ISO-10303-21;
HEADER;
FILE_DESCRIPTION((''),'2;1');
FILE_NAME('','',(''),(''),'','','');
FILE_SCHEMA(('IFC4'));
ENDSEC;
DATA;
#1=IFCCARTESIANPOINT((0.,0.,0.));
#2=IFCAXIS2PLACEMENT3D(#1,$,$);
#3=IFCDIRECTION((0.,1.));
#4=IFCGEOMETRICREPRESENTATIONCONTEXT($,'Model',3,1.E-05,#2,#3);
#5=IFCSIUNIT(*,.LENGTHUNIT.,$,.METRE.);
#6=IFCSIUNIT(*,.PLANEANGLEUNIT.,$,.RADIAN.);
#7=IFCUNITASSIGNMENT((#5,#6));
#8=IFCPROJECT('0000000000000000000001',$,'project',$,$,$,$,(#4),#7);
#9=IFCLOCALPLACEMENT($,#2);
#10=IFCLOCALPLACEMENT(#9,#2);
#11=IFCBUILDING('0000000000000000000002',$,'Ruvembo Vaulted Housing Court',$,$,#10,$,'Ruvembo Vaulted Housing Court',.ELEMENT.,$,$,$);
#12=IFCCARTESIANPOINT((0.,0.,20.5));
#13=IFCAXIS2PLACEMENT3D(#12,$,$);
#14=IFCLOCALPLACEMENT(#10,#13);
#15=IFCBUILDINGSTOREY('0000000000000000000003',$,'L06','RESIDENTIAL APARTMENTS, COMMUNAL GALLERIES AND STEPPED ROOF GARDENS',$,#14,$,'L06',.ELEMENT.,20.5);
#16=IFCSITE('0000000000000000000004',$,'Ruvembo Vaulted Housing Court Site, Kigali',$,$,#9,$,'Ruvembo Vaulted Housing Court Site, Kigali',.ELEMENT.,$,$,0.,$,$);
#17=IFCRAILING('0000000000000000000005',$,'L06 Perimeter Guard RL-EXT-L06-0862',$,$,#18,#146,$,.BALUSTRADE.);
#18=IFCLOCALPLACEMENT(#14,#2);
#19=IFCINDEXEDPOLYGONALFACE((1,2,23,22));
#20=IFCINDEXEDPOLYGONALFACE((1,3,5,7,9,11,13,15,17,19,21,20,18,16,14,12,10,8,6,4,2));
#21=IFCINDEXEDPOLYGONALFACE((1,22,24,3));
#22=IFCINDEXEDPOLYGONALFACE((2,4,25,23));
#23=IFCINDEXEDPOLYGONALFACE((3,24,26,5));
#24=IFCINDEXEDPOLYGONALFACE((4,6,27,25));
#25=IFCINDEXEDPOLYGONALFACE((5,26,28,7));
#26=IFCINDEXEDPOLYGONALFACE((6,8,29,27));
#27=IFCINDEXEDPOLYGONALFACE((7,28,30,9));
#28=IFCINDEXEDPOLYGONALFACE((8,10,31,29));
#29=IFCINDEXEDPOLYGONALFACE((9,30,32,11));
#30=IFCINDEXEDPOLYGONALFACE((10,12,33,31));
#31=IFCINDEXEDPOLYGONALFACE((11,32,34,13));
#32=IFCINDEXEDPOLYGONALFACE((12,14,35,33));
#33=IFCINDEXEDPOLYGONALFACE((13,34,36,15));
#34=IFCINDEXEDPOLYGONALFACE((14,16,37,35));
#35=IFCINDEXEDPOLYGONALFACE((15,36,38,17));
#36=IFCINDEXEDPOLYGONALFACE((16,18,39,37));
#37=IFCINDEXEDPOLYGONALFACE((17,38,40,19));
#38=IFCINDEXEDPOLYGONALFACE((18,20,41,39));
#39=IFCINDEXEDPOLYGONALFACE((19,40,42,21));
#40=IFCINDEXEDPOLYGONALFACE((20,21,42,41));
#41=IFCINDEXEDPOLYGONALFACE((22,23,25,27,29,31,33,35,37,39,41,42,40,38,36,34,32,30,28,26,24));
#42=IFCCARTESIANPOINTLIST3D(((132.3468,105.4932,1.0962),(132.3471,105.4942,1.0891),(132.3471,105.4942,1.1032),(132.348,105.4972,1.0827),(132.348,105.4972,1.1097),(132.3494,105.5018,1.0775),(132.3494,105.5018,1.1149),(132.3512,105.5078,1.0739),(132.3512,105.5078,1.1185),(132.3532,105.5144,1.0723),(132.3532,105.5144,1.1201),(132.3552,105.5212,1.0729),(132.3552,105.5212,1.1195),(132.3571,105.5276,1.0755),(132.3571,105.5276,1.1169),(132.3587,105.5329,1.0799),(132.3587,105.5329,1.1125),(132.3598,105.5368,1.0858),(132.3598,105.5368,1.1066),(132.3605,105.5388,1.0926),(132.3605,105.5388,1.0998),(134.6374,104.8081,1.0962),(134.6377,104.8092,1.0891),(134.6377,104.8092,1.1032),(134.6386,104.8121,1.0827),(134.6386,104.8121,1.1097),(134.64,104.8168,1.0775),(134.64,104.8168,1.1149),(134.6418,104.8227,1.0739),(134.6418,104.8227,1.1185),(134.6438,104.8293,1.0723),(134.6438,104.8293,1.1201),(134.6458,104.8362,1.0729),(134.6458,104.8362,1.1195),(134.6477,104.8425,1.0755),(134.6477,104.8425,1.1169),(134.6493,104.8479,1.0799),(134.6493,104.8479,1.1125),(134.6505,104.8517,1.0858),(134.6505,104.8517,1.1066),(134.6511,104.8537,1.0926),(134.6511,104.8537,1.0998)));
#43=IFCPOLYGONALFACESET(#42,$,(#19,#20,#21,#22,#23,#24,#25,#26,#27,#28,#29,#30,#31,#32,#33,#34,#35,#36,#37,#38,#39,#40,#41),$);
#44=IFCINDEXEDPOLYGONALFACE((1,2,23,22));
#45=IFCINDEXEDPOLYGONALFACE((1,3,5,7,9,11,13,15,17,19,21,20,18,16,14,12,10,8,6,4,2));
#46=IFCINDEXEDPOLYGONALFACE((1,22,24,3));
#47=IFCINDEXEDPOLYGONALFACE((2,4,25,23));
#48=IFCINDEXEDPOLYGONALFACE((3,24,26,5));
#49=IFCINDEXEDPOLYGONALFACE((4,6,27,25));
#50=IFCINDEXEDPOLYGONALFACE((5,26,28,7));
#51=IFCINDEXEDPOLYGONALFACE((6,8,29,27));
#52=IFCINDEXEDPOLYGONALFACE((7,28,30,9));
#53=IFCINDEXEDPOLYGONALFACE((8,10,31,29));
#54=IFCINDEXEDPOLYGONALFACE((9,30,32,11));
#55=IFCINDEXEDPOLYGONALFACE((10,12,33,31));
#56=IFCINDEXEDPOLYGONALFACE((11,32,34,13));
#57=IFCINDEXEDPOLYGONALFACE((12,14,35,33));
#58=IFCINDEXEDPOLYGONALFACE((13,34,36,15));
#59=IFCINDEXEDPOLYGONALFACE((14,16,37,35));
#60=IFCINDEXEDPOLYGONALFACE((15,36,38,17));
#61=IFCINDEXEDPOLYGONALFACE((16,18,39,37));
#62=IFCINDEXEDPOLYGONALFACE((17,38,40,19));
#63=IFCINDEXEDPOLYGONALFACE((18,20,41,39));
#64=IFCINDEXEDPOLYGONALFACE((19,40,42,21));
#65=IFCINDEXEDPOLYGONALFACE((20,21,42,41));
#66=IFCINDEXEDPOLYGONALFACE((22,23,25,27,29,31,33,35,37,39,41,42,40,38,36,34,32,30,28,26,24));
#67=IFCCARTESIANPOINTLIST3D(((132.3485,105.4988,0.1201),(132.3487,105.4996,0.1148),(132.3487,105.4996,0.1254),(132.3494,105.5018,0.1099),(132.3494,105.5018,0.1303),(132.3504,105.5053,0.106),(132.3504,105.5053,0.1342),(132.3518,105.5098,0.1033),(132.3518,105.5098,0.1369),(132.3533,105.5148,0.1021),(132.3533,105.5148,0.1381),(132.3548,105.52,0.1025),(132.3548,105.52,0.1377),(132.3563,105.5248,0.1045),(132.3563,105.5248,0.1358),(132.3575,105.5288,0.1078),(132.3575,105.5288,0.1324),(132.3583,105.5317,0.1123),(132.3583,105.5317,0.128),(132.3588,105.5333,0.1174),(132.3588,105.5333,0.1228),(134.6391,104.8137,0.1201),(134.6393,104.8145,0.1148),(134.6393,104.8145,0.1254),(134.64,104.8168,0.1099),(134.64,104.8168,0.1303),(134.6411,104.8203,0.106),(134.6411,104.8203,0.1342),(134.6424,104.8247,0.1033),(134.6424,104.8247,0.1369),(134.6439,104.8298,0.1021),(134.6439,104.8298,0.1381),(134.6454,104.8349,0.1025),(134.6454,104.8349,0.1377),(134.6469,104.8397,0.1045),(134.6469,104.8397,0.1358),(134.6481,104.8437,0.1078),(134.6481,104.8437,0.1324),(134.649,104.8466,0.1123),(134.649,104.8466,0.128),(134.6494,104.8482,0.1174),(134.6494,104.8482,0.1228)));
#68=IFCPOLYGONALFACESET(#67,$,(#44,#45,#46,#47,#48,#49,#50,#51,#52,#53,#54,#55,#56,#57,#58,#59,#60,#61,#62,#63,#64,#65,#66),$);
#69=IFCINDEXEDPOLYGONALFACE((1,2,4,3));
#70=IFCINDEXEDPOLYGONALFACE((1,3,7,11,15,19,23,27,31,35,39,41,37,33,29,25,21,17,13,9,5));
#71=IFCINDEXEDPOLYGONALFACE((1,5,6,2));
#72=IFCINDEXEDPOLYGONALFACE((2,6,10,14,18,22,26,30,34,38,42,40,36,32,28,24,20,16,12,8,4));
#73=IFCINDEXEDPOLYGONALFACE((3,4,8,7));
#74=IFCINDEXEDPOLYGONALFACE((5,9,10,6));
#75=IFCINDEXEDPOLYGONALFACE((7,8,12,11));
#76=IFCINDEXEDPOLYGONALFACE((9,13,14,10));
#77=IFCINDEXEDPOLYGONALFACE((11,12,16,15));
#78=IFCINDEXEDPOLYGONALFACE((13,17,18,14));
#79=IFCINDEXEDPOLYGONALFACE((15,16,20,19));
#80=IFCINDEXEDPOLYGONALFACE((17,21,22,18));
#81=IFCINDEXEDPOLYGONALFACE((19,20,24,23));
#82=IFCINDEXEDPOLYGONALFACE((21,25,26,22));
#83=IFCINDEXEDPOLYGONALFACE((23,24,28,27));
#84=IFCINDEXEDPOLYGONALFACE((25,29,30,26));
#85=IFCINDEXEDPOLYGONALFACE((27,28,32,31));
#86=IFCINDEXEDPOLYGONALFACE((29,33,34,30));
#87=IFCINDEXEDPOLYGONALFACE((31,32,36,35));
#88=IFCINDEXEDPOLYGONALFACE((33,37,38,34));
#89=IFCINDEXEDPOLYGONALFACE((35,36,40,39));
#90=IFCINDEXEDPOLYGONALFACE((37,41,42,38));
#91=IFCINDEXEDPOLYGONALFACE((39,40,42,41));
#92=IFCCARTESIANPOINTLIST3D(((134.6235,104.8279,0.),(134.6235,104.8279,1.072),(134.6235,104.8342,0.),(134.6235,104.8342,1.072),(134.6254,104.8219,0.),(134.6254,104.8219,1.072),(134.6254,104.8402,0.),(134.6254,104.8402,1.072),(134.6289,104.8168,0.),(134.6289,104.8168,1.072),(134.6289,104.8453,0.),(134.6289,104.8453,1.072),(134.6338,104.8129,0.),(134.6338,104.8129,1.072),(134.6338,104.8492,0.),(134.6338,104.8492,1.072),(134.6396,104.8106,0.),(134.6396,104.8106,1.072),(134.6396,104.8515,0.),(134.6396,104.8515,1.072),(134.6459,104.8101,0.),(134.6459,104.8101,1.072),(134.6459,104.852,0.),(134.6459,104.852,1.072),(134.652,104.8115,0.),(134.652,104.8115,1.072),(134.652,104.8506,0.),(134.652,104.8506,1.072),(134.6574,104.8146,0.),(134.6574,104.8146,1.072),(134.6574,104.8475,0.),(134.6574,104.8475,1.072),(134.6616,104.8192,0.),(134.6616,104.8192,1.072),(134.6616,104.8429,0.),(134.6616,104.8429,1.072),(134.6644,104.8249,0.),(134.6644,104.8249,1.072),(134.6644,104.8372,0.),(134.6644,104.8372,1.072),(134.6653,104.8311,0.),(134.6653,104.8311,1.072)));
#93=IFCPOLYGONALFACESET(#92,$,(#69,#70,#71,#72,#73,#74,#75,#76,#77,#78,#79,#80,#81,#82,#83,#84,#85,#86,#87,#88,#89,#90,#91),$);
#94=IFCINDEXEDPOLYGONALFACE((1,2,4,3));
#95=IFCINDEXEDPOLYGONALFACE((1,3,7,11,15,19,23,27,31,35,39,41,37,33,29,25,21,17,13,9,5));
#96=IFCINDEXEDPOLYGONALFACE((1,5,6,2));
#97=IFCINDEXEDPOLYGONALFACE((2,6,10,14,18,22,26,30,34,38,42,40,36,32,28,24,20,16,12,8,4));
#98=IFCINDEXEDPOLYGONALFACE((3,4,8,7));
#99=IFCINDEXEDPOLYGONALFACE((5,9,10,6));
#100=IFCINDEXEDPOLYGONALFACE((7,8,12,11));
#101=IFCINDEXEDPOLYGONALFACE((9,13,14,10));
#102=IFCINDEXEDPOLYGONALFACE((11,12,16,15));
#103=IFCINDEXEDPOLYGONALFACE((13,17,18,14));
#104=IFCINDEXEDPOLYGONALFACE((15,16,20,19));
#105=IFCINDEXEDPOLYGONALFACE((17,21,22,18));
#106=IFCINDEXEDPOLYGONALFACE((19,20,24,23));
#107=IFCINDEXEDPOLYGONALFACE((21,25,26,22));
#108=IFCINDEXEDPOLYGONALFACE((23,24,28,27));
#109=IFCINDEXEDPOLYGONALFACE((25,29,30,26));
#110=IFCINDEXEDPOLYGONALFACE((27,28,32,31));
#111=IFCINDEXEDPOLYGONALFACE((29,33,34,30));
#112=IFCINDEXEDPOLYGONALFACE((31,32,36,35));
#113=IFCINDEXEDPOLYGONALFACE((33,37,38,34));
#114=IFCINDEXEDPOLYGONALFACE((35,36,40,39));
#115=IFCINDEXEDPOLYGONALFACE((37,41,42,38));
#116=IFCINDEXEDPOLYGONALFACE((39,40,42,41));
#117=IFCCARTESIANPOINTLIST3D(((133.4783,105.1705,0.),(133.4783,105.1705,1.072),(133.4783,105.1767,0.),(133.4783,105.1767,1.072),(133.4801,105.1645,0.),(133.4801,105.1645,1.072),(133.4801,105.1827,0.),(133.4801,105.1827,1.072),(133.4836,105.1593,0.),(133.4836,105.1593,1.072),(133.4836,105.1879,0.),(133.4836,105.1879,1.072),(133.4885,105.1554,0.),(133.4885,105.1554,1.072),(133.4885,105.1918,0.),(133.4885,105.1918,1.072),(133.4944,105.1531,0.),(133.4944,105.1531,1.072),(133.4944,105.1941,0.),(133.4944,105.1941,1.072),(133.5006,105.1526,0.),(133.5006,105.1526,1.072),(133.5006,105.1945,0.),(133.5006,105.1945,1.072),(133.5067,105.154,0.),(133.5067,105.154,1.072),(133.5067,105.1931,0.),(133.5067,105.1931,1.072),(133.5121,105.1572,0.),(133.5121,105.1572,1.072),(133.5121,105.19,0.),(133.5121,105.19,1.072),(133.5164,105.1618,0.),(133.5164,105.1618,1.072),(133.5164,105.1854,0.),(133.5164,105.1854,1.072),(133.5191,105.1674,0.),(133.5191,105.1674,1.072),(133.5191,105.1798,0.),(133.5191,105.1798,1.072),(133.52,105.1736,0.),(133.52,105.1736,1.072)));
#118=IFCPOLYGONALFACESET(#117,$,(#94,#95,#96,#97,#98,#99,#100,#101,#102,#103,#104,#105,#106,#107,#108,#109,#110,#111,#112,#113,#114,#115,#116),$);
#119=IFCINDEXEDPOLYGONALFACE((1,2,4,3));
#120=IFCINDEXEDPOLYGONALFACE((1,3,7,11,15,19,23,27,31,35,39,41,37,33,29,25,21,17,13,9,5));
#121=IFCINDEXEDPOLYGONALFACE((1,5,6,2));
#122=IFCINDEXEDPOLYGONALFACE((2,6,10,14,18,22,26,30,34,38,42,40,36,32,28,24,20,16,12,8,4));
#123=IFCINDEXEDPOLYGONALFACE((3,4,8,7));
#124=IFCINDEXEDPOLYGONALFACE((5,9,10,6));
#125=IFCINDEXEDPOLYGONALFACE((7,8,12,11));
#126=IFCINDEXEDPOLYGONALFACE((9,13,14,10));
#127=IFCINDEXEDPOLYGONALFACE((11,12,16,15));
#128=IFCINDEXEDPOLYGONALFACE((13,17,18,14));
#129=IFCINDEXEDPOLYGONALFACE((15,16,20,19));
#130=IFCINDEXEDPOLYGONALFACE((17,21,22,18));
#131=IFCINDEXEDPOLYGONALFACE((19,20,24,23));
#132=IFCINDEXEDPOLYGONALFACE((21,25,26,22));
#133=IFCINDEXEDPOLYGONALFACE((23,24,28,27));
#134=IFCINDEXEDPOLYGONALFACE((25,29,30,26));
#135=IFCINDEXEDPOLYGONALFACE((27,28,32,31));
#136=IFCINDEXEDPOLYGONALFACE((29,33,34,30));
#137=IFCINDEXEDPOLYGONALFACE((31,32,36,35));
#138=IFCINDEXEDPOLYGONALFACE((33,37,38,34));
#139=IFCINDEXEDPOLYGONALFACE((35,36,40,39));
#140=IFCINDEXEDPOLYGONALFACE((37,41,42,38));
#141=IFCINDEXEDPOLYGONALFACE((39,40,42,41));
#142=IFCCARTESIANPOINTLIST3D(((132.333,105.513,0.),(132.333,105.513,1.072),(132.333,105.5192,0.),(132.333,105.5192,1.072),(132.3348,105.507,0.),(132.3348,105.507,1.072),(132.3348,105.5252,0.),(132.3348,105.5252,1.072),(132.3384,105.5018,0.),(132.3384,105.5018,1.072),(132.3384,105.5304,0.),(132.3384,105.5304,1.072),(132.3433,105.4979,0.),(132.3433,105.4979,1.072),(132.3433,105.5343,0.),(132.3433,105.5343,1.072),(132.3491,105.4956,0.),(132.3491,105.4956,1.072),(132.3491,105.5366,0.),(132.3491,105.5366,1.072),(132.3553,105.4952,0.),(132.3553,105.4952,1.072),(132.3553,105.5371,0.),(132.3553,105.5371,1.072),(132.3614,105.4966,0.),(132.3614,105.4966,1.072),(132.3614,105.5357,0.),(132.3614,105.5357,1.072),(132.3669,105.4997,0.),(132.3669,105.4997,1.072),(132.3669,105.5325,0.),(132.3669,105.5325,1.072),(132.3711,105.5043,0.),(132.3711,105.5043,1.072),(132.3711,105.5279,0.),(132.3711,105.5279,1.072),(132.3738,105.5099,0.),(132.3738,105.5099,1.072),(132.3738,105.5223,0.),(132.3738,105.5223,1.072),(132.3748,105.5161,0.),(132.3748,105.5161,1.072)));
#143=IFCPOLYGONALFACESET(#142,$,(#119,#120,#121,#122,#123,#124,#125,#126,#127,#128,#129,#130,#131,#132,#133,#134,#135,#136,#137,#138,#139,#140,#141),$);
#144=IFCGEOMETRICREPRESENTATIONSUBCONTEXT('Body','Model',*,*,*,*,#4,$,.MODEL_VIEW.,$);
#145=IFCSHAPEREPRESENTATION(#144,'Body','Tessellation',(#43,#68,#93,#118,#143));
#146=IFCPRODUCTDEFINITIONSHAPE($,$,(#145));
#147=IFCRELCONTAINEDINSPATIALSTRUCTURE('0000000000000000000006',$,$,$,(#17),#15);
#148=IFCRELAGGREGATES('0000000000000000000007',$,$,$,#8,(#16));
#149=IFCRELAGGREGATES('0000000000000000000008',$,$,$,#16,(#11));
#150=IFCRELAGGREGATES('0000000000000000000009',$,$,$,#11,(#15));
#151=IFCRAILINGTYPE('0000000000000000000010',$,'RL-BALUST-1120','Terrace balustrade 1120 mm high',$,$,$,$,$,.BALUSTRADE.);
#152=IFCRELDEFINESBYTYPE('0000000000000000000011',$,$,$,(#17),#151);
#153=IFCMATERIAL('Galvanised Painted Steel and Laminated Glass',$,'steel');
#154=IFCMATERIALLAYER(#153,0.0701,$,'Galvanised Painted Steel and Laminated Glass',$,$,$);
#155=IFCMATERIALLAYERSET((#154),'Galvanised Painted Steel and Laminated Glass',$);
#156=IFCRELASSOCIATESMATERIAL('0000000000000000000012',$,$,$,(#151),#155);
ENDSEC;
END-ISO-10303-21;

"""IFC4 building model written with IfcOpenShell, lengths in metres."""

from ifc_helpers import new_model, si_unit, direction, frame, origin, origin_2d, place, context, subcontext, project, spatial, circle, extrude, material, layer, layer_set, type_object, element, save


model = new_model("IFC4")

# Units and contexts
model_context = context("Model", 3, precision=1e-05, world=origin(), true_north=direction((0.0, 1.0)))
body_context = subcontext(model_context, "Body", "Model", "MODEL_VIEW")
ifc_project = project(units=[si_unit("LENGTHUNIT", "METRE"), si_unit("PLANEANGLEUNIT", "RADIAN")], contexts=[model_context])

# Site, building, storey
site_placement = place(None, origin())
site = spatial("IfcSite", under=ifc_project, at=site_placement, Name="Ruvembo Vaulted Housing Court Site, Kigali", LongName="Ruvembo Vaulted Housing Court Site, Kigali", CompositionType="ELEMENT", RefElevation=0.0)
building_placement = place(site_placement, origin())
building = spatial("IfcBuilding", under=site, at=building_placement, Name="Ruvembo Vaulted Housing Court", LongName="Ruvembo Vaulted Housing Court", CompositionType="ELEMENT")
storey_placement = place(building_placement, frame((0.0, 0.0, 20.5)))
storey = spatial("IfcBuildingStorey", under=building, at=storey_placement, Name="L06", Description="RESIDENTIAL APARTMENTS, COMMUNAL GALLERIES AND STEPPED ROOF GARDENS", LongName="L06", CompositionType="ELEMENT", Elevation=20.5)

# Railing
ifc_material_1 = material(Name="Galvanised Painted Steel and Laminated Glass", Category="steel")
ifc_layer = layer(ifc_material_1, 0.0701, Name="Galvanised Painted Steel and Laminated Glass")
ifc_layer_set = layer_set([ifc_layer], Name="Galvanised Painted Steel and Laminated Glass")
railing_type = type_object("IfcRailingType", Name="RL-BALUST-1120", Description="Terrace balustrade 1120 mm high", PredefinedType="BALUSTRADE", material=ifc_layer_set)
railing_1_placement = place(storey_placement, frame((134.6443, 104.8311, 0.0)))
element("IfcRailing", 1, at=railing_1_placement, inside=storey, type_object=railing_type, Name="L06 Perimeter Guard RL-EXT-L06-0862", PredefinedType="BALUSTRADE", context=body_context, shape_type="SweptSolid", body=[
    extrude(circle(Radius=0.0239, at=origin_2d()), frame((0.0, 0.0, 1.0962), z_axis=(-0.958068, 0.286542, 0.0), x_axis=(-0.286542, -0.958068, 0.0)), (0.0, 0.0, 1.0), 2.3909),
    extrude(circle(Radius=0.0181, at=origin_2d()), frame((0.0, 0.0, 0.1201), z_axis=(-0.958068, 0.286542, 0.0), x_axis=(-0.286542, -0.958068, 0.0)), (0.0, 0.0, 1.0), 2.3909),
    extrude(circle(Radius=0.021, at=origin_2d()), origin(), (0.0, 0.0, 1.0), 1.072),
    extrude(circle(Radius=0.021, at=origin_2d()), frame((-1.1453, 0.3425, 0.0)), (0.0, 0.0, 1.0), 1.072),
    extrude(circle(Radius=0.021, at=origin_2d()), frame((-2.2905, 0.6851, 0.0)), (0.0, 0.0, 1.0), 1.072),
])

save(model, "model.ifc")
